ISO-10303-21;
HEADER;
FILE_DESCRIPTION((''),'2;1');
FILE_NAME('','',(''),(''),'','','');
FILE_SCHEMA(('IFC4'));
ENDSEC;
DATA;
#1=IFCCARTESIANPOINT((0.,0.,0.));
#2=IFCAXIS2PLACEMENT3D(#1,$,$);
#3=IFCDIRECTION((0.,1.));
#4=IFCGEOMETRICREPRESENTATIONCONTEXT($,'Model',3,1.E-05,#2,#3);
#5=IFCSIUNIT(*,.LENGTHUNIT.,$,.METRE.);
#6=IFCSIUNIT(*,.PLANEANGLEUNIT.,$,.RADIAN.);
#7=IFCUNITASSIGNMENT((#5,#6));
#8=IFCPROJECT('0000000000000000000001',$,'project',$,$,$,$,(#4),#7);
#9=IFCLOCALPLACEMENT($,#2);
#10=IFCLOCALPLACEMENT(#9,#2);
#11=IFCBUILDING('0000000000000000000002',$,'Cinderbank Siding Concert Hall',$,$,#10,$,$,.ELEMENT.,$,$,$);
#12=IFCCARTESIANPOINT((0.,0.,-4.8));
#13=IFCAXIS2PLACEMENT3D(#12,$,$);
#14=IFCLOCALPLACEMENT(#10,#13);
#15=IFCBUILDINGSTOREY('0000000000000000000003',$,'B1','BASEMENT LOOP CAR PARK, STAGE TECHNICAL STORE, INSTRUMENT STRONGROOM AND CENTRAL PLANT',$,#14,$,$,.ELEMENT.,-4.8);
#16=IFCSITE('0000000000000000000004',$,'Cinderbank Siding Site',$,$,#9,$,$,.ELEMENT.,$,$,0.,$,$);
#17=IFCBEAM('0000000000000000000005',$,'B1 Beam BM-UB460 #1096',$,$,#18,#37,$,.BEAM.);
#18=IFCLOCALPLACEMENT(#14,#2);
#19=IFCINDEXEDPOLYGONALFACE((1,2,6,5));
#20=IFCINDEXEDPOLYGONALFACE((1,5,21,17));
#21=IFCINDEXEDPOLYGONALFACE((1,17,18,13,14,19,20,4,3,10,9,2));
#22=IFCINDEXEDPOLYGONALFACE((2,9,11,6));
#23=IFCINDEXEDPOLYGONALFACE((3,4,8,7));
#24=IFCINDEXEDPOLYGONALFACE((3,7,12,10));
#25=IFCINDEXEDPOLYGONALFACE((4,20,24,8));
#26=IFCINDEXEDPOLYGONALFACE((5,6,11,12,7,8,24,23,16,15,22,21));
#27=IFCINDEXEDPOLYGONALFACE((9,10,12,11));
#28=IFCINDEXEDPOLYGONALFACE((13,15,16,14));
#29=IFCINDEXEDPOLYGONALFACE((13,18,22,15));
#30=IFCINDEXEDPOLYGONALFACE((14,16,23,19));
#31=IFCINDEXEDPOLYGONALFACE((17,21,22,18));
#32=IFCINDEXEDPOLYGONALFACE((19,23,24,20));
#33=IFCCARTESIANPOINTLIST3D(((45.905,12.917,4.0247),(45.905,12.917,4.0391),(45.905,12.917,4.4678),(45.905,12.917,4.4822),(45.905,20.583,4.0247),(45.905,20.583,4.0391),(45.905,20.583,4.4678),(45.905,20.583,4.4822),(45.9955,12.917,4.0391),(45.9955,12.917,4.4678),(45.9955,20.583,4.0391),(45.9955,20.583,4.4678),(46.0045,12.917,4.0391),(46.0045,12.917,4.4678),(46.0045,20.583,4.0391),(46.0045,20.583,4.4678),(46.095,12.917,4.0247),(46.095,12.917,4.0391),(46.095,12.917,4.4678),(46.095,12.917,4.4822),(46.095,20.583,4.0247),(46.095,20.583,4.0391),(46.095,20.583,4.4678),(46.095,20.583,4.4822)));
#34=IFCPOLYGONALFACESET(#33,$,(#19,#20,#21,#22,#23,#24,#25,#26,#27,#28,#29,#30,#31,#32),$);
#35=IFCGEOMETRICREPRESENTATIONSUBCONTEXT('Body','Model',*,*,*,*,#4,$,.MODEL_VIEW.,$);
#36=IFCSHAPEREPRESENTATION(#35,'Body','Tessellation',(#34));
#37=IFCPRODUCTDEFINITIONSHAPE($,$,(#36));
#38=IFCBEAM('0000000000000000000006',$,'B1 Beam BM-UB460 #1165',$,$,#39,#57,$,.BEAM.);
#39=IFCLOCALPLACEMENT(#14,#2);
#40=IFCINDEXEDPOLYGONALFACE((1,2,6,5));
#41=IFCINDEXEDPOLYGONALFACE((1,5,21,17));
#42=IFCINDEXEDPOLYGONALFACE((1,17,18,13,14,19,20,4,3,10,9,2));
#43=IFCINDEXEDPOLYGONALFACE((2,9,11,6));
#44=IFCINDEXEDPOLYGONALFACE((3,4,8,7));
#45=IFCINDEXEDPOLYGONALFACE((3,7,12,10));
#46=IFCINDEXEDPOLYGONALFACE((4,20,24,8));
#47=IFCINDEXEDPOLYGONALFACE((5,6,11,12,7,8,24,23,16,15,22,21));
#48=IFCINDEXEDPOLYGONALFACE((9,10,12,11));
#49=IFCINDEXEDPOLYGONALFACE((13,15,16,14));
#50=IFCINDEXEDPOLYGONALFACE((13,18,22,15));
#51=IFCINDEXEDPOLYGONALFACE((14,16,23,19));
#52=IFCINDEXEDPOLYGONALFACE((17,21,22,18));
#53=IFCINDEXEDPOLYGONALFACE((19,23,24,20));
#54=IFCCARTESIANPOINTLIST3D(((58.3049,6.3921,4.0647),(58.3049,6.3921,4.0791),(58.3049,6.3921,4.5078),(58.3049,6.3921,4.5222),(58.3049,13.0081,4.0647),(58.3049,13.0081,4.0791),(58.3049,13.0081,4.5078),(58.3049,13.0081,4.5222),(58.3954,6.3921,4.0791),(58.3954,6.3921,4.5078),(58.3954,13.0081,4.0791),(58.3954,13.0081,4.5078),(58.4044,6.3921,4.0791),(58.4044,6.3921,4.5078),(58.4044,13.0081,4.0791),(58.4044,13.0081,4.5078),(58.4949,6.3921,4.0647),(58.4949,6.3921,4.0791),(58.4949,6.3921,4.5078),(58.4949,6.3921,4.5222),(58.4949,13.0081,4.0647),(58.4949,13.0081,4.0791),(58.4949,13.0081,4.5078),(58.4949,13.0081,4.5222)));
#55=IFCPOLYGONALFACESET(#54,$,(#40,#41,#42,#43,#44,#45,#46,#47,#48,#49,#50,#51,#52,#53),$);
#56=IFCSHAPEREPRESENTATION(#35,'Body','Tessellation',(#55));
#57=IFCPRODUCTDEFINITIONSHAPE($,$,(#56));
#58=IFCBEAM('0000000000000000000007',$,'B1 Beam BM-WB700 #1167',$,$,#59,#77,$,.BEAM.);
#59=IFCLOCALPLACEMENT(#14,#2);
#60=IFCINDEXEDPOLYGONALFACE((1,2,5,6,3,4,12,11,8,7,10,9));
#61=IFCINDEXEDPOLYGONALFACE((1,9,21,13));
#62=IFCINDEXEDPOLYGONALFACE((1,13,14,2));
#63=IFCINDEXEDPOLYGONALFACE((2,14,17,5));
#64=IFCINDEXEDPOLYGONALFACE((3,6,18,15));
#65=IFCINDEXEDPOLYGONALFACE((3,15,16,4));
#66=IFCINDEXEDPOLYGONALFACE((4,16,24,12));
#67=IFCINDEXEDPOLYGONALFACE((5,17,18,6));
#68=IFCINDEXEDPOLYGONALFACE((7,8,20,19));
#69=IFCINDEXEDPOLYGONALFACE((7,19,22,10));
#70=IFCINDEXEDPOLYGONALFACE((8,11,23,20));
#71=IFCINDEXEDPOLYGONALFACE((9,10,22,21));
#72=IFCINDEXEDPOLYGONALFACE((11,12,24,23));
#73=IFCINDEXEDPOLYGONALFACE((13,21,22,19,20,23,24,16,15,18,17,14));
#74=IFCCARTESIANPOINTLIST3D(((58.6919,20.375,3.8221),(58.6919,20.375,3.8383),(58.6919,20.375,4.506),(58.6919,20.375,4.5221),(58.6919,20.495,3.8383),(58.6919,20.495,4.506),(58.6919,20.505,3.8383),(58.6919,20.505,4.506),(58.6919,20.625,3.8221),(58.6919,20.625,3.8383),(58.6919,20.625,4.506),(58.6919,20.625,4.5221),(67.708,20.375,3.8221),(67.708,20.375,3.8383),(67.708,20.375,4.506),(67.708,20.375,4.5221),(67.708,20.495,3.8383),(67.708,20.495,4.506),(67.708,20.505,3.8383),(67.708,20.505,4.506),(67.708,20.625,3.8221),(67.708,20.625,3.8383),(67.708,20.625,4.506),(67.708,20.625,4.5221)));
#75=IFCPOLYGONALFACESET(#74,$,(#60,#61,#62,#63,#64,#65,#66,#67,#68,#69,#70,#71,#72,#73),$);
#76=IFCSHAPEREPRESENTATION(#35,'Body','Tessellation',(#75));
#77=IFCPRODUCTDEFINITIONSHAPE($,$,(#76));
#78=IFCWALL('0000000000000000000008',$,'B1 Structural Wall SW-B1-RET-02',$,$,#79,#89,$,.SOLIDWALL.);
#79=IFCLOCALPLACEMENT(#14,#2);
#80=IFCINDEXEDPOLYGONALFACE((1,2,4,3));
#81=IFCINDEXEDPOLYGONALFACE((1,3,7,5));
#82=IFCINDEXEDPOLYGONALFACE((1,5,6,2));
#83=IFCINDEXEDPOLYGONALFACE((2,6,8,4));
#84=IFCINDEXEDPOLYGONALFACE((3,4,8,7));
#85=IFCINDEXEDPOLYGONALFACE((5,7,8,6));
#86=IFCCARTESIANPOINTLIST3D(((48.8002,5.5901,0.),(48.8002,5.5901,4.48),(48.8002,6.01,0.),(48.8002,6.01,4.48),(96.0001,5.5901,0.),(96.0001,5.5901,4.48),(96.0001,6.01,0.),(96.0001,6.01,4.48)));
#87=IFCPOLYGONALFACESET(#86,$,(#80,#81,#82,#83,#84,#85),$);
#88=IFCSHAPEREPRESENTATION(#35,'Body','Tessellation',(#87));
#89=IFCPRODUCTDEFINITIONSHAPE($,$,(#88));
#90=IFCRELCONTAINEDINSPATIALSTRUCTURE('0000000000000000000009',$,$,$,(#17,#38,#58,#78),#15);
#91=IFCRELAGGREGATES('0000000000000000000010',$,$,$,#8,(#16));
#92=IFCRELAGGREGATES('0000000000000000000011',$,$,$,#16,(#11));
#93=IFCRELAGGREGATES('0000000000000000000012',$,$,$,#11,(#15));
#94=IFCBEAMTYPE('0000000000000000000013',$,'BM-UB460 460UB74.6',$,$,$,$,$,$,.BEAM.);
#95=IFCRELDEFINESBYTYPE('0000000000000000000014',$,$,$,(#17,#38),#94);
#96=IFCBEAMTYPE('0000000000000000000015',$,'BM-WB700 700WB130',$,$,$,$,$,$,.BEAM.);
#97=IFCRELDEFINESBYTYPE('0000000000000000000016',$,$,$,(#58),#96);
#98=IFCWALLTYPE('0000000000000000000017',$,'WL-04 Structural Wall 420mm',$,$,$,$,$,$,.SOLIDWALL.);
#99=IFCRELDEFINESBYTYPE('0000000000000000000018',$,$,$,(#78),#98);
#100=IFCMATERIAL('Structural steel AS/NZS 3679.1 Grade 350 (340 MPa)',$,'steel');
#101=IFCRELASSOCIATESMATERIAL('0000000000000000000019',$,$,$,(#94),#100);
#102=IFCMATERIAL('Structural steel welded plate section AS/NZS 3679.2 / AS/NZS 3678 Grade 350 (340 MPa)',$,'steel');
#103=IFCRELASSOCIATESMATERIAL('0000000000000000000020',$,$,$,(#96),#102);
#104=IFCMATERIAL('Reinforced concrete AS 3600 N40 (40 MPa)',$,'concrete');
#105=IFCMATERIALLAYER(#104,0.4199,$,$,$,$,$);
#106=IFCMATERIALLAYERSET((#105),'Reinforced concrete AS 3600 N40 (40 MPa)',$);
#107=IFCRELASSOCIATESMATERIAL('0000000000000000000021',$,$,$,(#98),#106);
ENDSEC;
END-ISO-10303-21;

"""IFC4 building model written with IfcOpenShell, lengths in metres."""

from ifc_helpers import new_model, si_unit, direction, frame, frame_2d, origin, origin_2d, place, context, subcontext, project, spatial, rectangle, i_section, extrude, material, layer, layer_set, material_profile, profile_set, type_object, element, save


model = new_model("IFC4")

# Units and contexts
model_context = context("Model", 3, precision=1e-05, world=origin(), true_north=direction((0.0, 1.0)))
body_context = subcontext(model_context, "Body", "Model", "MODEL_VIEW")
ifc_project = project(units=[si_unit("LENGTHUNIT", "METRE"), si_unit("PLANEANGLEUNIT", "RADIAN")], contexts=[model_context])

# Site, building, storey
site_placement = place(None, origin())
site = spatial("IfcSite", under=ifc_project, at=site_placement, Name="Cinderbank Siding Site", CompositionType="ELEMENT", RefElevation=0.0)
building_placement = place(site_placement, origin())
building = spatial("IfcBuilding", under=site, at=building_placement, Name="Cinderbank Siding Concert Hall", CompositionType="ELEMENT")
storey_placement = place(building_placement, frame((0.0, 0.0, -4.8)))
storey = spatial("IfcBuildingStorey", under=building, at=storey_placement, Name="B1", Description="BASEMENT LOOP CAR PARK, STAGE TECHNICAL STORE, INSTRUMENT STRONGROOM AND CENTRAL PLANT", CompositionType="ELEMENT", Elevation=-4.8)

# Shared definitions
ifc_material_1 = material(Name="Reinforced concrete AS 3600 N40 (40 MPa)", Category="concrete")

# Beams
ifc_material_2 = material(Name="Structural steel AS/NZS 3679.1 Grade 350 (340 MPa)", Category="steel")
ifc_material_profile_1 = material_profile(ifc_material_2, i_section(OverallWidth=0.1899, OverallDepth=0.4575, WebThickness=0.009, FlangeThickness=0.0144, at=origin_2d()), Name="460UB74.6", Category="LoadBearing")
ifc_profile_set_1 = profile_set([ifc_material_profile_1], Name="Structural steel AS/NZS 3679.1 Grade 350 (340 MPa)")
beam_type_1 = type_object("IfcBeamType", Name="BM-UB460 460UB74.6", PredefinedType="BEAM", material=ifc_profile_set_1)
beam_1_placement = place(storey_placement, frame((46.0, 12.917, 4.2534), z_axis=(0.0, 1.0, 0.0), x_axis=(-1.0, 0.0, 0.0)))
element("IfcBeam", 1, at=beam_1_placement, inside=storey, type_object=beam_type_1, Name="B1 Beam BM-UB460 #1096", PredefinedType="BEAM", context=body_context, shape_type="SweptSolid", body=[
    extrude(i_section(OverallWidth=0.1899, OverallDepth=0.4575, WebThickness=0.009, FlangeThickness=0.0144, at=origin_2d()), origin(), (0.0, 0.0, 1.0), 7.666),
])
beam_2_placement = place(storey_placement, frame((58.3999, 6.3921, 4.2935), z_axis=(0.0, 1.0, 0.0), x_axis=(-1.0, 0.0, 0.0)))
element("IfcBeam", 2, at=beam_2_placement, inside=storey, type_object=beam_type_1, Name="B1 Beam BM-UB460 #1165", PredefinedType="BEAM", context=body_context, shape_type="SweptSolid", body=[
    extrude(i_section(OverallWidth=0.1899, OverallDepth=0.4575, WebThickness=0.009, FlangeThickness=0.0144, at=origin_2d()), origin(), (0.0, 0.0, 1.0), 6.616),
])
ifc_material_3 = material(Name="Structural steel welded plate section AS/NZS 3679.2 / AS/NZS 3678 Grade 350 (340 MPa)", Category="steel")
ifc_material_profile_2 = material_profile(ifc_material_3, i_section(OverallWidth=0.25, OverallDepth=0.7, WebThickness=0.01, FlangeThickness=0.0161, at=origin_2d()), Name="700WB130", Category="LoadBearing")
ifc_profile_set_2 = profile_set([ifc_material_profile_2], Name="Structural steel welded plate section AS/NZS 3679.2 / AS/NZS 3678 Grade 350 (340 MPa)")
beam_type_2 = type_object("IfcBeamType", Name="BM-WB700 700WB130", PredefinedType="BEAM", material=ifc_profile_set_2)
beam_3_placement = place(storey_placement, frame((58.6919, 20.5, 4.1721), z_axis=(1.0, 0.0, 0.0), x_axis=(0.0, 1.0, 0.0)))
element("IfcBeam", 3, at=beam_3_placement, inside=storey, type_object=beam_type_2, Name="B1 Beam BM-WB700 #1167", PredefinedType="BEAM", context=body_context, shape_type="SweptSolid", body=[
    extrude(i_section(OverallWidth=0.25, OverallDepth=0.7, WebThickness=0.01, FlangeThickness=0.0161, at=origin_2d()), origin(), (0.0, 0.0, 1.0), 9.0161),
])

# Wall
ifc_layer_1 = layer(ifc_material_1, 0.4199)
ifc_layer_set_1 = layer_set([ifc_layer_1], Name="Reinforced concrete AS 3600 N40 (40 MPa)")
wall_type = type_object("IfcWallType", Name="WL-04 Structural Wall 420mm", PredefinedType="SOLIDWALL", material=ifc_layer_set_1)
wall_placement = place(storey_placement, frame((48.8, 5.8, 0.0), z_axis=(0.0, 0.0, 1.0), x_axis=(1.0, 0.0, 0.0)))
element("IfcWall", 4, at=wall_placement, inside=storey, type_object=wall_type, Name="B1 Structural Wall SW-B1-RET-02", PredefinedType="SOLIDWALL", context=body_context, shape_type="SweptSolid", body=[
    extrude(rectangle(XDim=47.2, YDim=0.4199, at=frame_2d((23.6001, 0.0))), origin(), (0.0, 0.0, 1.0), 4.48),
])

save(model, "model.ifc")
